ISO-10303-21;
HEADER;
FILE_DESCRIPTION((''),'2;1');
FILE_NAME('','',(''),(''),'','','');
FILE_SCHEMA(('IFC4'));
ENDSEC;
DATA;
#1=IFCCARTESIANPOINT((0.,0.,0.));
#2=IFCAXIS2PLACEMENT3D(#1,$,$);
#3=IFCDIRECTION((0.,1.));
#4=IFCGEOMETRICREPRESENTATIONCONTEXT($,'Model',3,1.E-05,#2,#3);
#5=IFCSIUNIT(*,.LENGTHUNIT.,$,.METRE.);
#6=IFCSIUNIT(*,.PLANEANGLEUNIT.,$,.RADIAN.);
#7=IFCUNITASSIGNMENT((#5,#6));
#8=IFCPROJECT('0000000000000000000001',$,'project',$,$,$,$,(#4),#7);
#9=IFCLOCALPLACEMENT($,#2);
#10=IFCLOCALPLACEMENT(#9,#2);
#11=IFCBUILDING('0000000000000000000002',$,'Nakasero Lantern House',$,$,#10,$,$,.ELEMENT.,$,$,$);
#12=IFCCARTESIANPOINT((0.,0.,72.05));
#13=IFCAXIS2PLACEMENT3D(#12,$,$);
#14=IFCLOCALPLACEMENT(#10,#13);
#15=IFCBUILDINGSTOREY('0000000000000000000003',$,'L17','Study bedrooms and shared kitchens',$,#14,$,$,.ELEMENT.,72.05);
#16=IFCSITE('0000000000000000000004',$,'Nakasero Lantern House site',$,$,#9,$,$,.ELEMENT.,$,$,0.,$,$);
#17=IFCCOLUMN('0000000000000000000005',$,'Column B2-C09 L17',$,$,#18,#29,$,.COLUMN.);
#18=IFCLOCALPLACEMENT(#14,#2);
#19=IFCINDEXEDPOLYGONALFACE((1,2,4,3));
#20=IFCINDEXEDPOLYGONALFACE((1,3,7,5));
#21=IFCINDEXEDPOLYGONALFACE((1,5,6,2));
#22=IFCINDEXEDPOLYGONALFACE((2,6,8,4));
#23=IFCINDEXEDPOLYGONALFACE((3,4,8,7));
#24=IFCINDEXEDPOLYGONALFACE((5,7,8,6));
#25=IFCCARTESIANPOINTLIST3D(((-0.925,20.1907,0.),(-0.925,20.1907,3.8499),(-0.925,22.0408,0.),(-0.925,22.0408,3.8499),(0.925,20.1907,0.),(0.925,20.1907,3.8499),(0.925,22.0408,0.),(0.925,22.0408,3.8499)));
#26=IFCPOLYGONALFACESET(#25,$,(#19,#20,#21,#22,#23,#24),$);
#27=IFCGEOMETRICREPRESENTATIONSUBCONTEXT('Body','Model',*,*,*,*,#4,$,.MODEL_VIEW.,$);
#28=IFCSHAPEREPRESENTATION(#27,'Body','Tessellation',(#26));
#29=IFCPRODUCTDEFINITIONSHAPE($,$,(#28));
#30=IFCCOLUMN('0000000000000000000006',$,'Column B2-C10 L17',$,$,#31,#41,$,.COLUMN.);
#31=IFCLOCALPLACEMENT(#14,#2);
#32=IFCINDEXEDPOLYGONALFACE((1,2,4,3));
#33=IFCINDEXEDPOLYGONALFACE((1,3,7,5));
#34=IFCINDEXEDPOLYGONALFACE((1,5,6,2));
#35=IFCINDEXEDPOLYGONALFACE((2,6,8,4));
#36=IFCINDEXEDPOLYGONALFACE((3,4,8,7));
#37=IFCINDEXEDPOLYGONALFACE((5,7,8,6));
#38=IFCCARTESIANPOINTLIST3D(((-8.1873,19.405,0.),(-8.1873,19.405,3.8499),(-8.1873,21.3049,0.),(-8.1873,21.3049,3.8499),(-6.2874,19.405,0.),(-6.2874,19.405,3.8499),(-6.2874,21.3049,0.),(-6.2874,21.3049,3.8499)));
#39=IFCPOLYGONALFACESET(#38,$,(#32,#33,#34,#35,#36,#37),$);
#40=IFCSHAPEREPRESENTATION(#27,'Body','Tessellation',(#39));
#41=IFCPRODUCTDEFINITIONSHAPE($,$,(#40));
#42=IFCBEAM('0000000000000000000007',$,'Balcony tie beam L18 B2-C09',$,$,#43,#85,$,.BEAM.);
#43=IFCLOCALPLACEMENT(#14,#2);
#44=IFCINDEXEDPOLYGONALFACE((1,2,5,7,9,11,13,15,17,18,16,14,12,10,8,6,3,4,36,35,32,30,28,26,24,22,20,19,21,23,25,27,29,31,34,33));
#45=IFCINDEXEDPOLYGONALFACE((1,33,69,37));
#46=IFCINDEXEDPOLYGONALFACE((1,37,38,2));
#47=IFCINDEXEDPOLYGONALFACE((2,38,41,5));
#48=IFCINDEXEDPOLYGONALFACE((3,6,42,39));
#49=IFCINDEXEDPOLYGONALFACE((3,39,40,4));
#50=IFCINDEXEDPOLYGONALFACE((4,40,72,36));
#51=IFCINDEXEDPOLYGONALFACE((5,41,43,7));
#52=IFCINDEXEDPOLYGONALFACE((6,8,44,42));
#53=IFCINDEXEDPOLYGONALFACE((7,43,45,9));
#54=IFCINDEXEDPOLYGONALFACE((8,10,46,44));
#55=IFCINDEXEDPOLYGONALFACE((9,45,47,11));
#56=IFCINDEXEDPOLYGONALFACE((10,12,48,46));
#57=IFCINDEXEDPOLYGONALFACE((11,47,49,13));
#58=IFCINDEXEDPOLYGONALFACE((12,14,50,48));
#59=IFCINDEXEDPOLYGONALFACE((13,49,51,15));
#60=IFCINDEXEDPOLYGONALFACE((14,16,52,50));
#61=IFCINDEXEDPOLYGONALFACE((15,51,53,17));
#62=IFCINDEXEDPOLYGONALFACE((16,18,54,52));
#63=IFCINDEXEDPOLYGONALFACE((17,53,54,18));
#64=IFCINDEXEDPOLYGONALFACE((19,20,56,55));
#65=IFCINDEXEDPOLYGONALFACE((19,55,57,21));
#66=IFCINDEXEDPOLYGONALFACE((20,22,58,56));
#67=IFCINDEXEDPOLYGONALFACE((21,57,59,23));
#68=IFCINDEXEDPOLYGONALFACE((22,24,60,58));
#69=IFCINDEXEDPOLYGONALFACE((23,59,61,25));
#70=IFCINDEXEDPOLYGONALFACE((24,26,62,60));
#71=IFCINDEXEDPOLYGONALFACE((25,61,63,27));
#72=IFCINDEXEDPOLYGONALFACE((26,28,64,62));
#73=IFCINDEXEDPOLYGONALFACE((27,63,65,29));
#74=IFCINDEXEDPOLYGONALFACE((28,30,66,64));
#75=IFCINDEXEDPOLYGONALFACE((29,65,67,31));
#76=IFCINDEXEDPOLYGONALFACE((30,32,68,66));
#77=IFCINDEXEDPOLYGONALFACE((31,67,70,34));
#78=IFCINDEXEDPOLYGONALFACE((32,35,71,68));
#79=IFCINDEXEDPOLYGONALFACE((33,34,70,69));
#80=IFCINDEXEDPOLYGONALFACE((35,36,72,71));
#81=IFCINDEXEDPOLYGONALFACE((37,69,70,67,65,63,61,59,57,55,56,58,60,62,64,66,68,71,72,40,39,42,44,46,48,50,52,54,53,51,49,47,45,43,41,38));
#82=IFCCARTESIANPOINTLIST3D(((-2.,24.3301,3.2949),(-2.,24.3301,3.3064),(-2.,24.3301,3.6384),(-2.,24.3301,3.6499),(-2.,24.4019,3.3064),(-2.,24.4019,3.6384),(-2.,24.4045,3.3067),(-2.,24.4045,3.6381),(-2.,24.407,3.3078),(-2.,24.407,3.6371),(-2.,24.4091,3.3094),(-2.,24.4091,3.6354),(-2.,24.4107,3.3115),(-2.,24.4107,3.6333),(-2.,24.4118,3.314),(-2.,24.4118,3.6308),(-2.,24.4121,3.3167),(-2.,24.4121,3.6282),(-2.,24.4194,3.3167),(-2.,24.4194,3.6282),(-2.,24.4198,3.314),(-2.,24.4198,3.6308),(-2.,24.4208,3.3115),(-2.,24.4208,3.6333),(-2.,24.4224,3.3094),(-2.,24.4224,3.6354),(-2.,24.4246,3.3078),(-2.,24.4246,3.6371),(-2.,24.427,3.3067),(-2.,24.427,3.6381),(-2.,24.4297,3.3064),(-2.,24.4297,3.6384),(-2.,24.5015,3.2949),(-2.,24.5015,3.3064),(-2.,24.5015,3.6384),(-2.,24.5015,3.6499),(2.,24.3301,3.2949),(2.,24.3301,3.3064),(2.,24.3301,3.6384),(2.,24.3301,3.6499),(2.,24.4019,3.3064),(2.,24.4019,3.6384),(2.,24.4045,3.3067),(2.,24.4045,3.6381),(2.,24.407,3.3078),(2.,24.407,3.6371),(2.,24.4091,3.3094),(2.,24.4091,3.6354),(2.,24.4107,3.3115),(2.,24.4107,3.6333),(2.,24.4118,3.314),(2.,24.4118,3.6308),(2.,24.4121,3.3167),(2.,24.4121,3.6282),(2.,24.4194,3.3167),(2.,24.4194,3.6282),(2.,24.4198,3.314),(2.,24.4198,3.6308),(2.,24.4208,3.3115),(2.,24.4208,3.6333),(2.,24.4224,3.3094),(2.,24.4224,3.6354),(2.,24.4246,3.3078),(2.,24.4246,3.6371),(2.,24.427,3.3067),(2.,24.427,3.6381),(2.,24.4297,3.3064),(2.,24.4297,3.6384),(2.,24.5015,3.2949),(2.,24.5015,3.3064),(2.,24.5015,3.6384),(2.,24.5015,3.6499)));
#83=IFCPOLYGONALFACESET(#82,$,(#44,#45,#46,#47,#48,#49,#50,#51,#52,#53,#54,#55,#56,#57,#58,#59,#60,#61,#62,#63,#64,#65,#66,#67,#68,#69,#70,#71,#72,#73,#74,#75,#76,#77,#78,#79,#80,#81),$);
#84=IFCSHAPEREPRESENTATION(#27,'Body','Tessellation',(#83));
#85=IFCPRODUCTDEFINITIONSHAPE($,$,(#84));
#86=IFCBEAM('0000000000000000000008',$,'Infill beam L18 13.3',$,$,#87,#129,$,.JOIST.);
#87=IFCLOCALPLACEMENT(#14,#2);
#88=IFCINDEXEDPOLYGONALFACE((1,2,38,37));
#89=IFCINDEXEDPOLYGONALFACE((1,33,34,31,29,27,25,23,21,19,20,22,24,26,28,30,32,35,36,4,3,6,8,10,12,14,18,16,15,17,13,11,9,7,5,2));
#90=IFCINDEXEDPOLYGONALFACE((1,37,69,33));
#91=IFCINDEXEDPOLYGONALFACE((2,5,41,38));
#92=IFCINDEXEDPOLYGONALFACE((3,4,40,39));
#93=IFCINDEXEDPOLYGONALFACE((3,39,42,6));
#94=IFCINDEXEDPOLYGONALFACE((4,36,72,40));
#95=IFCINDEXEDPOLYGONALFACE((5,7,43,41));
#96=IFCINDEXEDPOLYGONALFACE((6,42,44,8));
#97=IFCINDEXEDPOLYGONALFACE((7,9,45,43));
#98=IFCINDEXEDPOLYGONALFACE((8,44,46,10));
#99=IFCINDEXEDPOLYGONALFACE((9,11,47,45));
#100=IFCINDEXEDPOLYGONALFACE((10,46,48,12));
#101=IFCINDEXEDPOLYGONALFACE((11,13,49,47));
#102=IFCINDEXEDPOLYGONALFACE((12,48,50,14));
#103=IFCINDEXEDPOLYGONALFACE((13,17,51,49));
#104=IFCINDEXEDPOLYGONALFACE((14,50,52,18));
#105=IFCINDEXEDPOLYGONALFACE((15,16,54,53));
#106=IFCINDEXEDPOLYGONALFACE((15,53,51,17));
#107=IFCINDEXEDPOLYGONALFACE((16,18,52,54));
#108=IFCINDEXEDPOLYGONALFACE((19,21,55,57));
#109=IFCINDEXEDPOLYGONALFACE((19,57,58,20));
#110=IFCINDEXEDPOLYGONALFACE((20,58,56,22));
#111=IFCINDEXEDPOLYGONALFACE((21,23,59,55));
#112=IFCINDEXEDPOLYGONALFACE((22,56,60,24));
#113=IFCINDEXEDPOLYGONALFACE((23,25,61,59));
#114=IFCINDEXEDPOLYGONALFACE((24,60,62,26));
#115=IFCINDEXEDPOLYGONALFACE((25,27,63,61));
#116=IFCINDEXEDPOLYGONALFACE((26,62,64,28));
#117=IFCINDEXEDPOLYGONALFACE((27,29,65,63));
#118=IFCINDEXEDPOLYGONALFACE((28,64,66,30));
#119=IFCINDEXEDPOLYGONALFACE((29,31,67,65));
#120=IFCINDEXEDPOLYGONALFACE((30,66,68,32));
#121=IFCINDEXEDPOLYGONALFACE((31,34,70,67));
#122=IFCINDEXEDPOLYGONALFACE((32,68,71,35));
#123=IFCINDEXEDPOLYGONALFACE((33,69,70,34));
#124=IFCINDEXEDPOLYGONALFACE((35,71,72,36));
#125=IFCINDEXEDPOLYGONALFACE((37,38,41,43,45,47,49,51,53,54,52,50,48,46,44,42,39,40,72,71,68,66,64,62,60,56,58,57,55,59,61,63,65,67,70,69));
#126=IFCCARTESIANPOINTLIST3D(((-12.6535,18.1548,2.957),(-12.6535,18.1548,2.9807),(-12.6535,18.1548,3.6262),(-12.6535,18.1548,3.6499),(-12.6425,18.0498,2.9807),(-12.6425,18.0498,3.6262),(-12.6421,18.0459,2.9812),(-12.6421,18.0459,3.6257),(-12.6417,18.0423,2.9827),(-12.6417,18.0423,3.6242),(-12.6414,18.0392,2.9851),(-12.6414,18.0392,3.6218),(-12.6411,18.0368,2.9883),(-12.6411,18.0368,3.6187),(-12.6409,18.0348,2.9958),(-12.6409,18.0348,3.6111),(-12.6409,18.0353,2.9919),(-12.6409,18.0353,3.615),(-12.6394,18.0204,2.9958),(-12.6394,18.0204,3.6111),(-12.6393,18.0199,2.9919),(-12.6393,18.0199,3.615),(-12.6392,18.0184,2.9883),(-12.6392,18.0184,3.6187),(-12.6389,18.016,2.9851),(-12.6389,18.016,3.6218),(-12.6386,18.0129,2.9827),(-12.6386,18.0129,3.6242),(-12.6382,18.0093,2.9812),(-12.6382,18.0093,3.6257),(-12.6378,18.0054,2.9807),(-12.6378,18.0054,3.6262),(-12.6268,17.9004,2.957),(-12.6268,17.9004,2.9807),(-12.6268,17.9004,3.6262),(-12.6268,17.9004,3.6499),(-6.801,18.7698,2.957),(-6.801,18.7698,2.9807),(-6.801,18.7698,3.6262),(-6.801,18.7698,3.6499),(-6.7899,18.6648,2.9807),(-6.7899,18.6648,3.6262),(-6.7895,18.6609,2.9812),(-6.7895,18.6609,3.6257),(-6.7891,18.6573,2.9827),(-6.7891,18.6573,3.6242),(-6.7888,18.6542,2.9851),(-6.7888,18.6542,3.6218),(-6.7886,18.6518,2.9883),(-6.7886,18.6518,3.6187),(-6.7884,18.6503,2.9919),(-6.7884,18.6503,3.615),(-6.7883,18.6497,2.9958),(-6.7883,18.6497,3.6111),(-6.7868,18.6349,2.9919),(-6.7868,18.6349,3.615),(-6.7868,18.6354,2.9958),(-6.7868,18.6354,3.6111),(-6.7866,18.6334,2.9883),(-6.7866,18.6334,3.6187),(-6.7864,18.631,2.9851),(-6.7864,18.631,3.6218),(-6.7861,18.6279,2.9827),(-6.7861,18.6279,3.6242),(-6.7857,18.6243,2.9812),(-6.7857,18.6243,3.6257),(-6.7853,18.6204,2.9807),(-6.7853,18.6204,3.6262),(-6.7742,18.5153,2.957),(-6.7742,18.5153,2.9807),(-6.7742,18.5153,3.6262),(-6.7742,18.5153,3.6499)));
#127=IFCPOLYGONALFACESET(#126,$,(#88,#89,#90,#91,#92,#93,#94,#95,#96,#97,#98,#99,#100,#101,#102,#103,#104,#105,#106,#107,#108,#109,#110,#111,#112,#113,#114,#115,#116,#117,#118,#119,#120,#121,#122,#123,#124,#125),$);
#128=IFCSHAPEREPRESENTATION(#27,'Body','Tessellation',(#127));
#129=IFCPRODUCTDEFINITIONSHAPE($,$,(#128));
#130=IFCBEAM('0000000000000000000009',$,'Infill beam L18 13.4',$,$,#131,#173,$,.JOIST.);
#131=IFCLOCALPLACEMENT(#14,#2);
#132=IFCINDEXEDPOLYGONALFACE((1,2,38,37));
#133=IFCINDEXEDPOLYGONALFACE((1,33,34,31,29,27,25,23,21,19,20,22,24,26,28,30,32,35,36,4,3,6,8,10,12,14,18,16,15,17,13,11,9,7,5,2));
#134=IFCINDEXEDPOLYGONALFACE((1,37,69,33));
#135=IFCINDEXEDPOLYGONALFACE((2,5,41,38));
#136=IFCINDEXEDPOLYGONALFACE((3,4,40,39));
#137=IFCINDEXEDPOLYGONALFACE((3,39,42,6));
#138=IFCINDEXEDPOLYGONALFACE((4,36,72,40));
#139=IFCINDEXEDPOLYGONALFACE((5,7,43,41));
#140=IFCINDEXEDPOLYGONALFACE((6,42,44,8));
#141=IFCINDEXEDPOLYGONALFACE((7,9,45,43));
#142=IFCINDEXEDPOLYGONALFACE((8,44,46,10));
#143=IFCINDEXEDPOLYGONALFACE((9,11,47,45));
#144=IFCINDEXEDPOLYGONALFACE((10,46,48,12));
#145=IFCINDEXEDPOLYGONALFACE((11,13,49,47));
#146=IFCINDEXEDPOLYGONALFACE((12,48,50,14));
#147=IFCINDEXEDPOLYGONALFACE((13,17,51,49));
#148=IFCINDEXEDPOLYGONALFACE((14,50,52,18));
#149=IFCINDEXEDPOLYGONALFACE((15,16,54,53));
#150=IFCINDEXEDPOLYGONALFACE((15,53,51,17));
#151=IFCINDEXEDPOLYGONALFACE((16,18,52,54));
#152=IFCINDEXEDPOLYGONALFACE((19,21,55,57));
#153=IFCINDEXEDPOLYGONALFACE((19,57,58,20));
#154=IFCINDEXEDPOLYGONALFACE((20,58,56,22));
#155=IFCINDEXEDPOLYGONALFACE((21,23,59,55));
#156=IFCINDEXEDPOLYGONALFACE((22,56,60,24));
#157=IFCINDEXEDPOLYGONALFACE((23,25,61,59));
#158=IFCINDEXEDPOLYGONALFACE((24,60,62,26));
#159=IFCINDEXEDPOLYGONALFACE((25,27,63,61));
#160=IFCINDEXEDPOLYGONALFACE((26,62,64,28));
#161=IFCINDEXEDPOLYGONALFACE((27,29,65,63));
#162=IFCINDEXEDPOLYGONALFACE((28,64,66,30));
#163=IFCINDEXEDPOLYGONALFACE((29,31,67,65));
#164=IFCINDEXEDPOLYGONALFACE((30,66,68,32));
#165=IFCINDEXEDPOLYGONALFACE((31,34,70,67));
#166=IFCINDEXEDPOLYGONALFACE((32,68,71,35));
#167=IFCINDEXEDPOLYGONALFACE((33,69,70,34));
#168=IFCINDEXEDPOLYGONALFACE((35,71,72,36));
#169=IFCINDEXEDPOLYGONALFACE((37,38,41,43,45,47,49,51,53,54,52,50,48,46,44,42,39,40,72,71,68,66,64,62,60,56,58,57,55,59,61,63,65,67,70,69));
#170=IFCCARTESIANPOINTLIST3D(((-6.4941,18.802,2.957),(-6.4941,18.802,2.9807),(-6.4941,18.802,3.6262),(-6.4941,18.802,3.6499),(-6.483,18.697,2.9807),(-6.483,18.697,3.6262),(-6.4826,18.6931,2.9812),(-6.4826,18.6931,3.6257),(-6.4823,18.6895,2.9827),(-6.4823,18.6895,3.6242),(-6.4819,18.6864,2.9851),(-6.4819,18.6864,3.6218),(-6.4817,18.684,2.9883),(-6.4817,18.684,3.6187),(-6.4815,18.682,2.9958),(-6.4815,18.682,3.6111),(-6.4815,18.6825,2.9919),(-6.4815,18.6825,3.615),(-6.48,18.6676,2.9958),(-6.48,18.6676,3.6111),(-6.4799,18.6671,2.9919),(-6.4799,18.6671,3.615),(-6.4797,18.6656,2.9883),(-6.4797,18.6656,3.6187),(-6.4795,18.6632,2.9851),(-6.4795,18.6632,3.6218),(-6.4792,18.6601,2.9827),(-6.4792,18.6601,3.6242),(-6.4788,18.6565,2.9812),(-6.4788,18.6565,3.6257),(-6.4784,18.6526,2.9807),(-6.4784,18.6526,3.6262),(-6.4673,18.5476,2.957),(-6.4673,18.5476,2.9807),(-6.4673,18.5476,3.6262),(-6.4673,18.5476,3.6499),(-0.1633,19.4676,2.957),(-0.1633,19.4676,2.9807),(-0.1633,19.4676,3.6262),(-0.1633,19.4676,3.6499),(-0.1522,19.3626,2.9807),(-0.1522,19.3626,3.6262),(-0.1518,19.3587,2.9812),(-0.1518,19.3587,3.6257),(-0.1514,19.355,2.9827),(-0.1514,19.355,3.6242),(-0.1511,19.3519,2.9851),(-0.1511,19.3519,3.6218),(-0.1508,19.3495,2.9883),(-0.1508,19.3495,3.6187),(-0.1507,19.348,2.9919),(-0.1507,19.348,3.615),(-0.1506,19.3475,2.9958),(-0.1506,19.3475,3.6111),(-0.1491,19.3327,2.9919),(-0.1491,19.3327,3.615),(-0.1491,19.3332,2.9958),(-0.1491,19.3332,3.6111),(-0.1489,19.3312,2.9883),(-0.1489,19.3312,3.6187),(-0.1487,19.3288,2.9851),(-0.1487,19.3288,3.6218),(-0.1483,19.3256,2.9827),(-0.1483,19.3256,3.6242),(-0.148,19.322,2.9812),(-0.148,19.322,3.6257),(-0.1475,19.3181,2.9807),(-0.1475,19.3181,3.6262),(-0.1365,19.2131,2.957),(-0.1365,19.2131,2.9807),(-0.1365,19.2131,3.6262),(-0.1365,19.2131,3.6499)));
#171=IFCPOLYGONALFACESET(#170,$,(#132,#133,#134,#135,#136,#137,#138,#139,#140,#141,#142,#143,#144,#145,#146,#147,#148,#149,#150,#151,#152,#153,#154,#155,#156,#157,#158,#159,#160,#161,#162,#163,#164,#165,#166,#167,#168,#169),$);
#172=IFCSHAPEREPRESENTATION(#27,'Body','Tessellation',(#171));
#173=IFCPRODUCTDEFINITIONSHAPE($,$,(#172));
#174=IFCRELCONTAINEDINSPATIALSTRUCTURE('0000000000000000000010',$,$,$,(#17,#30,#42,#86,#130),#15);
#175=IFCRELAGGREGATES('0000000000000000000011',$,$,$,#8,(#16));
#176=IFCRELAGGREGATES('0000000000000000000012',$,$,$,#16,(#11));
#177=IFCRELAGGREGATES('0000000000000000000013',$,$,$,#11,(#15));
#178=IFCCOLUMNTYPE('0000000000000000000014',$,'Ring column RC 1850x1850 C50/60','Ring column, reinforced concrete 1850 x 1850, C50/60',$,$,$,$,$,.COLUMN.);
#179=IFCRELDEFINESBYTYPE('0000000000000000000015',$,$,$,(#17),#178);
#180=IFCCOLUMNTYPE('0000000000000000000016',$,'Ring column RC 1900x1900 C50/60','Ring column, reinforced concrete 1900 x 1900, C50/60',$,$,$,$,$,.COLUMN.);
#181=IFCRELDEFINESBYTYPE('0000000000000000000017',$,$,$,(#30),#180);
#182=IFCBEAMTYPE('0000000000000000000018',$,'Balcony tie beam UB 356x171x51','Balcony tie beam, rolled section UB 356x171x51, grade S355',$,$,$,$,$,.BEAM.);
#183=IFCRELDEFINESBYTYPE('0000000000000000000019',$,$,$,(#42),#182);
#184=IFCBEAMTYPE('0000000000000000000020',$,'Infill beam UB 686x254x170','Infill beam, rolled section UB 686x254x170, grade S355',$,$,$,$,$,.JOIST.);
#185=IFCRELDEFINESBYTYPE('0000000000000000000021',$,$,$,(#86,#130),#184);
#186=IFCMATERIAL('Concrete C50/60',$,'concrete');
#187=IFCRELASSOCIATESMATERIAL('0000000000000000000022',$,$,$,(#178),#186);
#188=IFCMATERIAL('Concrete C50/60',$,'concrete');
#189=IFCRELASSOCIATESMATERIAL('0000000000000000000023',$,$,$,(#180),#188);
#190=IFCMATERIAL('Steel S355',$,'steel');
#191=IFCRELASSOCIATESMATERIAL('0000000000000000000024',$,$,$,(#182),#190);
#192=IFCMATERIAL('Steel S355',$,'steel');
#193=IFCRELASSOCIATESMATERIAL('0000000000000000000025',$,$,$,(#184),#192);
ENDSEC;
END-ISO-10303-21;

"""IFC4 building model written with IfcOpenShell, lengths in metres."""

from ifc_helpers import new_model, si_unit, direction, frame, origin, origin_2d, place, context, subcontext, project, spatial, rectangle, i_section, extrude, material, material_profile, profile_set, type_object, element, save


model = new_model("IFC4")

# Units and contexts
model_context = context("Model", 3, precision=1e-05, world=origin(), true_north=direction((0.0, 1.0)))
body_context = subcontext(model_context, "Body", "Model", "MODEL_VIEW")
ifc_project = project(units=[si_unit("LENGTHUNIT", "METRE"), si_unit("PLANEANGLEUNIT", "RADIAN")], contexts=[model_context])

# Site, building, storey
site_placement = place(None, origin())
site = spatial("IfcSite", under=ifc_project, at=site_placement, Name="Nakasero Lantern House site", CompositionType="ELEMENT", RefElevation=0.0)
building_placement = place(site_placement, origin())
building = spatial("IfcBuilding", under=site, at=building_placement, Name="Nakasero Lantern House", CompositionType="ELEMENT")
storey_placement = place(building_placement, frame((0.0, 0.0, 72.05)))
storey = spatial("IfcBuildingStorey", under=building, at=storey_placement, Name="L17", Description="Study bedrooms and shared kitchens", CompositionType="ELEMENT", Elevation=72.05)

# Columns
ifc_material_1 = material(Name="Concrete C50/60", Category="concrete")
ifc_material_profile_1 = material_profile(ifc_material_1, rectangle(XDim=1.8501, YDim=1.8501, at=origin_2d()), Name="RC 1850x1850")
ifc_profile_set_1 = profile_set([ifc_material_profile_1], Name="Concrete C50/60")
column_type_1 = type_object("IfcColumnType", Name="Ring column RC 1850x1850 C50/60", Description="Ring column, reinforced concrete 1850 x 1850, C50/60", PredefinedType="COLUMN", material=ifc_profile_set_1)
column_1_placement = place(storey_placement, frame((0.0, 21.1157, 0.0), z_axis=(0.0, 0.0, 1.0), x_axis=(1.0, 0.0, 0.0)))
element("IfcColumn", 1, at=column_1_placement, inside=storey, type_object=column_type_1, Name="Column B2-C09 L17", PredefinedType="COLUMN", context=body_context, shape_type="SweptSolid", body=[
    extrude(rectangle(XDim=1.8501, YDim=1.8501, at=origin_2d()), origin(), (0.0, 0.0, 1.0), 3.8499),
])
ifc_material_2 = material(Name="Concrete C50/60", Category="concrete")
ifc_material_profile_2 = material_profile(ifc_material_2, rectangle(XDim=1.8999, YDim=1.8999, at=origin_2d()), Name="RC 1900x1900")
ifc_profile_set_2 = profile_set([ifc_material_profile_2], Name="Concrete C50/60")
column_type_2 = type_object("IfcColumnType", Name="Ring column RC 1900x1900 C50/60", Description="Ring column, reinforced concrete 1900 x 1900, C50/60", PredefinedType="COLUMN", material=ifc_profile_set_2)
column_2_placement = place(storey_placement, frame((-7.2373, 20.355, 0.0), z_axis=(0.0, 0.0, 1.0), x_axis=(1.0, 0.0, 0.0)))
element("IfcColumn", 2, at=column_2_placement, inside=storey, type_object=column_type_2, Name="Column B2-C10 L17", PredefinedType="COLUMN", context=body_context, shape_type="SweptSolid", body=[
    extrude(rectangle(XDim=1.8999, YDim=1.8999, at=origin_2d()), origin(), (0.0, 0.0, 1.0), 3.8499),
])

# Beams
ifc_material_3 = material(Name="Steel S355", Category="steel")
ifc_material_profile_3 = material_profile(ifc_material_3, i_section(OverallWidth=0.1714, OverallDepth=0.355, WebThickness=0.0073, FlangeThickness=0.0115, FilletRadius=0.0103, at=origin_2d()), Name="UB 356x171x51")
ifc_profile_set_3 = profile_set([ifc_material_profile_3], Name="Steel S355")
beam_type_1 = type_object("IfcBeamType", Name="Balcony tie beam UB 356x171x51", Description="Balcony tie beam, rolled section UB 356x171x51, grade S355", PredefinedType="BEAM", material=ifc_profile_set_3)
beam_1_placement = place(storey_placement, frame((-2.0, 24.4158, 3.4724), z_axis=(1.0, 0.0, 0.0), x_axis=(0.0, 1.0, 0.0)))
element("IfcBeam", 3, at=beam_1_placement, inside=storey, type_object=beam_type_1, Name="Balcony tie beam L18 B2-C09", PredefinedType="BEAM", context=body_context, shape_type="SweptSolid", body=[
    extrude(i_section(OverallWidth=0.1714, OverallDepth=0.355, WebThickness=0.0073, FlangeThickness=0.0115, FilletRadius=0.0103, at=origin_2d()), origin(), (0.0, 0.0, 1.0), 4.0),
])
ifc_material_4 = material(Name="Steel S355", Category="steel")
ifc_material_profile_4 = material_profile(ifc_material_4, i_section(OverallWidth=0.2559, OverallDepth=0.6929, WebThickness=0.0144, FlangeThickness=0.0237, FilletRadius=0.0151, at=origin_2d()), Name="UB 686x254x170")
ifc_profile_set_4 = profile_set([ifc_material_profile_4], Name="Steel S355")
beam_type_2 = type_object("IfcBeamType", Name="Infill beam UB 686x254x170", Description="Infill beam, rolled section UB 686x254x170, grade S355", PredefinedType="JOIST", material=ifc_profile_set_4)
beam_2_placement = place(storey_placement, frame((-12.6401, 18.0276, 3.3035), z_axis=(0.994524, 0.104506, 0.0), x_axis=(-0.104506, 0.994524, 0.0)))
element("IfcBeam", 4, at=beam_2_placement, inside=storey, type_object=beam_type_2, Name="Infill beam L18 13.3", PredefinedType="JOIST", context=body_context, shape_type="SweptSolid", body=[
    extrude(i_section(OverallWidth=0.2559, OverallDepth=0.6929, WebThickness=0.0144, FlangeThickness=0.0237, FilletRadius=0.0151, at=origin_2d()), origin(), (0.0, 0.0, 1.0), 5.8848),
])
beam_3_placement = place(storey_placement, frame((-6.4807, 18.6748, 3.3035), z_axis=(0.99452, 0.104549, 0.0), x_axis=(-0.104549, 0.99452, 0.0)))
element("IfcBeam", 5, at=beam_3_placement, inside=storey, type_object=beam_type_2, Name="Infill beam L18 13.4", PredefinedType="JOIST", context=body_context, shape_type="SweptSolid", body=[
    extrude(i_section(OverallWidth=0.2559, OverallDepth=0.6929, WebThickness=0.0144, FlangeThickness=0.0237, FilletRadius=0.0151, at=origin_2d()), origin(), (0.0, 0.0, 1.0), 6.3657),
])

save(model, "model.ifc")
